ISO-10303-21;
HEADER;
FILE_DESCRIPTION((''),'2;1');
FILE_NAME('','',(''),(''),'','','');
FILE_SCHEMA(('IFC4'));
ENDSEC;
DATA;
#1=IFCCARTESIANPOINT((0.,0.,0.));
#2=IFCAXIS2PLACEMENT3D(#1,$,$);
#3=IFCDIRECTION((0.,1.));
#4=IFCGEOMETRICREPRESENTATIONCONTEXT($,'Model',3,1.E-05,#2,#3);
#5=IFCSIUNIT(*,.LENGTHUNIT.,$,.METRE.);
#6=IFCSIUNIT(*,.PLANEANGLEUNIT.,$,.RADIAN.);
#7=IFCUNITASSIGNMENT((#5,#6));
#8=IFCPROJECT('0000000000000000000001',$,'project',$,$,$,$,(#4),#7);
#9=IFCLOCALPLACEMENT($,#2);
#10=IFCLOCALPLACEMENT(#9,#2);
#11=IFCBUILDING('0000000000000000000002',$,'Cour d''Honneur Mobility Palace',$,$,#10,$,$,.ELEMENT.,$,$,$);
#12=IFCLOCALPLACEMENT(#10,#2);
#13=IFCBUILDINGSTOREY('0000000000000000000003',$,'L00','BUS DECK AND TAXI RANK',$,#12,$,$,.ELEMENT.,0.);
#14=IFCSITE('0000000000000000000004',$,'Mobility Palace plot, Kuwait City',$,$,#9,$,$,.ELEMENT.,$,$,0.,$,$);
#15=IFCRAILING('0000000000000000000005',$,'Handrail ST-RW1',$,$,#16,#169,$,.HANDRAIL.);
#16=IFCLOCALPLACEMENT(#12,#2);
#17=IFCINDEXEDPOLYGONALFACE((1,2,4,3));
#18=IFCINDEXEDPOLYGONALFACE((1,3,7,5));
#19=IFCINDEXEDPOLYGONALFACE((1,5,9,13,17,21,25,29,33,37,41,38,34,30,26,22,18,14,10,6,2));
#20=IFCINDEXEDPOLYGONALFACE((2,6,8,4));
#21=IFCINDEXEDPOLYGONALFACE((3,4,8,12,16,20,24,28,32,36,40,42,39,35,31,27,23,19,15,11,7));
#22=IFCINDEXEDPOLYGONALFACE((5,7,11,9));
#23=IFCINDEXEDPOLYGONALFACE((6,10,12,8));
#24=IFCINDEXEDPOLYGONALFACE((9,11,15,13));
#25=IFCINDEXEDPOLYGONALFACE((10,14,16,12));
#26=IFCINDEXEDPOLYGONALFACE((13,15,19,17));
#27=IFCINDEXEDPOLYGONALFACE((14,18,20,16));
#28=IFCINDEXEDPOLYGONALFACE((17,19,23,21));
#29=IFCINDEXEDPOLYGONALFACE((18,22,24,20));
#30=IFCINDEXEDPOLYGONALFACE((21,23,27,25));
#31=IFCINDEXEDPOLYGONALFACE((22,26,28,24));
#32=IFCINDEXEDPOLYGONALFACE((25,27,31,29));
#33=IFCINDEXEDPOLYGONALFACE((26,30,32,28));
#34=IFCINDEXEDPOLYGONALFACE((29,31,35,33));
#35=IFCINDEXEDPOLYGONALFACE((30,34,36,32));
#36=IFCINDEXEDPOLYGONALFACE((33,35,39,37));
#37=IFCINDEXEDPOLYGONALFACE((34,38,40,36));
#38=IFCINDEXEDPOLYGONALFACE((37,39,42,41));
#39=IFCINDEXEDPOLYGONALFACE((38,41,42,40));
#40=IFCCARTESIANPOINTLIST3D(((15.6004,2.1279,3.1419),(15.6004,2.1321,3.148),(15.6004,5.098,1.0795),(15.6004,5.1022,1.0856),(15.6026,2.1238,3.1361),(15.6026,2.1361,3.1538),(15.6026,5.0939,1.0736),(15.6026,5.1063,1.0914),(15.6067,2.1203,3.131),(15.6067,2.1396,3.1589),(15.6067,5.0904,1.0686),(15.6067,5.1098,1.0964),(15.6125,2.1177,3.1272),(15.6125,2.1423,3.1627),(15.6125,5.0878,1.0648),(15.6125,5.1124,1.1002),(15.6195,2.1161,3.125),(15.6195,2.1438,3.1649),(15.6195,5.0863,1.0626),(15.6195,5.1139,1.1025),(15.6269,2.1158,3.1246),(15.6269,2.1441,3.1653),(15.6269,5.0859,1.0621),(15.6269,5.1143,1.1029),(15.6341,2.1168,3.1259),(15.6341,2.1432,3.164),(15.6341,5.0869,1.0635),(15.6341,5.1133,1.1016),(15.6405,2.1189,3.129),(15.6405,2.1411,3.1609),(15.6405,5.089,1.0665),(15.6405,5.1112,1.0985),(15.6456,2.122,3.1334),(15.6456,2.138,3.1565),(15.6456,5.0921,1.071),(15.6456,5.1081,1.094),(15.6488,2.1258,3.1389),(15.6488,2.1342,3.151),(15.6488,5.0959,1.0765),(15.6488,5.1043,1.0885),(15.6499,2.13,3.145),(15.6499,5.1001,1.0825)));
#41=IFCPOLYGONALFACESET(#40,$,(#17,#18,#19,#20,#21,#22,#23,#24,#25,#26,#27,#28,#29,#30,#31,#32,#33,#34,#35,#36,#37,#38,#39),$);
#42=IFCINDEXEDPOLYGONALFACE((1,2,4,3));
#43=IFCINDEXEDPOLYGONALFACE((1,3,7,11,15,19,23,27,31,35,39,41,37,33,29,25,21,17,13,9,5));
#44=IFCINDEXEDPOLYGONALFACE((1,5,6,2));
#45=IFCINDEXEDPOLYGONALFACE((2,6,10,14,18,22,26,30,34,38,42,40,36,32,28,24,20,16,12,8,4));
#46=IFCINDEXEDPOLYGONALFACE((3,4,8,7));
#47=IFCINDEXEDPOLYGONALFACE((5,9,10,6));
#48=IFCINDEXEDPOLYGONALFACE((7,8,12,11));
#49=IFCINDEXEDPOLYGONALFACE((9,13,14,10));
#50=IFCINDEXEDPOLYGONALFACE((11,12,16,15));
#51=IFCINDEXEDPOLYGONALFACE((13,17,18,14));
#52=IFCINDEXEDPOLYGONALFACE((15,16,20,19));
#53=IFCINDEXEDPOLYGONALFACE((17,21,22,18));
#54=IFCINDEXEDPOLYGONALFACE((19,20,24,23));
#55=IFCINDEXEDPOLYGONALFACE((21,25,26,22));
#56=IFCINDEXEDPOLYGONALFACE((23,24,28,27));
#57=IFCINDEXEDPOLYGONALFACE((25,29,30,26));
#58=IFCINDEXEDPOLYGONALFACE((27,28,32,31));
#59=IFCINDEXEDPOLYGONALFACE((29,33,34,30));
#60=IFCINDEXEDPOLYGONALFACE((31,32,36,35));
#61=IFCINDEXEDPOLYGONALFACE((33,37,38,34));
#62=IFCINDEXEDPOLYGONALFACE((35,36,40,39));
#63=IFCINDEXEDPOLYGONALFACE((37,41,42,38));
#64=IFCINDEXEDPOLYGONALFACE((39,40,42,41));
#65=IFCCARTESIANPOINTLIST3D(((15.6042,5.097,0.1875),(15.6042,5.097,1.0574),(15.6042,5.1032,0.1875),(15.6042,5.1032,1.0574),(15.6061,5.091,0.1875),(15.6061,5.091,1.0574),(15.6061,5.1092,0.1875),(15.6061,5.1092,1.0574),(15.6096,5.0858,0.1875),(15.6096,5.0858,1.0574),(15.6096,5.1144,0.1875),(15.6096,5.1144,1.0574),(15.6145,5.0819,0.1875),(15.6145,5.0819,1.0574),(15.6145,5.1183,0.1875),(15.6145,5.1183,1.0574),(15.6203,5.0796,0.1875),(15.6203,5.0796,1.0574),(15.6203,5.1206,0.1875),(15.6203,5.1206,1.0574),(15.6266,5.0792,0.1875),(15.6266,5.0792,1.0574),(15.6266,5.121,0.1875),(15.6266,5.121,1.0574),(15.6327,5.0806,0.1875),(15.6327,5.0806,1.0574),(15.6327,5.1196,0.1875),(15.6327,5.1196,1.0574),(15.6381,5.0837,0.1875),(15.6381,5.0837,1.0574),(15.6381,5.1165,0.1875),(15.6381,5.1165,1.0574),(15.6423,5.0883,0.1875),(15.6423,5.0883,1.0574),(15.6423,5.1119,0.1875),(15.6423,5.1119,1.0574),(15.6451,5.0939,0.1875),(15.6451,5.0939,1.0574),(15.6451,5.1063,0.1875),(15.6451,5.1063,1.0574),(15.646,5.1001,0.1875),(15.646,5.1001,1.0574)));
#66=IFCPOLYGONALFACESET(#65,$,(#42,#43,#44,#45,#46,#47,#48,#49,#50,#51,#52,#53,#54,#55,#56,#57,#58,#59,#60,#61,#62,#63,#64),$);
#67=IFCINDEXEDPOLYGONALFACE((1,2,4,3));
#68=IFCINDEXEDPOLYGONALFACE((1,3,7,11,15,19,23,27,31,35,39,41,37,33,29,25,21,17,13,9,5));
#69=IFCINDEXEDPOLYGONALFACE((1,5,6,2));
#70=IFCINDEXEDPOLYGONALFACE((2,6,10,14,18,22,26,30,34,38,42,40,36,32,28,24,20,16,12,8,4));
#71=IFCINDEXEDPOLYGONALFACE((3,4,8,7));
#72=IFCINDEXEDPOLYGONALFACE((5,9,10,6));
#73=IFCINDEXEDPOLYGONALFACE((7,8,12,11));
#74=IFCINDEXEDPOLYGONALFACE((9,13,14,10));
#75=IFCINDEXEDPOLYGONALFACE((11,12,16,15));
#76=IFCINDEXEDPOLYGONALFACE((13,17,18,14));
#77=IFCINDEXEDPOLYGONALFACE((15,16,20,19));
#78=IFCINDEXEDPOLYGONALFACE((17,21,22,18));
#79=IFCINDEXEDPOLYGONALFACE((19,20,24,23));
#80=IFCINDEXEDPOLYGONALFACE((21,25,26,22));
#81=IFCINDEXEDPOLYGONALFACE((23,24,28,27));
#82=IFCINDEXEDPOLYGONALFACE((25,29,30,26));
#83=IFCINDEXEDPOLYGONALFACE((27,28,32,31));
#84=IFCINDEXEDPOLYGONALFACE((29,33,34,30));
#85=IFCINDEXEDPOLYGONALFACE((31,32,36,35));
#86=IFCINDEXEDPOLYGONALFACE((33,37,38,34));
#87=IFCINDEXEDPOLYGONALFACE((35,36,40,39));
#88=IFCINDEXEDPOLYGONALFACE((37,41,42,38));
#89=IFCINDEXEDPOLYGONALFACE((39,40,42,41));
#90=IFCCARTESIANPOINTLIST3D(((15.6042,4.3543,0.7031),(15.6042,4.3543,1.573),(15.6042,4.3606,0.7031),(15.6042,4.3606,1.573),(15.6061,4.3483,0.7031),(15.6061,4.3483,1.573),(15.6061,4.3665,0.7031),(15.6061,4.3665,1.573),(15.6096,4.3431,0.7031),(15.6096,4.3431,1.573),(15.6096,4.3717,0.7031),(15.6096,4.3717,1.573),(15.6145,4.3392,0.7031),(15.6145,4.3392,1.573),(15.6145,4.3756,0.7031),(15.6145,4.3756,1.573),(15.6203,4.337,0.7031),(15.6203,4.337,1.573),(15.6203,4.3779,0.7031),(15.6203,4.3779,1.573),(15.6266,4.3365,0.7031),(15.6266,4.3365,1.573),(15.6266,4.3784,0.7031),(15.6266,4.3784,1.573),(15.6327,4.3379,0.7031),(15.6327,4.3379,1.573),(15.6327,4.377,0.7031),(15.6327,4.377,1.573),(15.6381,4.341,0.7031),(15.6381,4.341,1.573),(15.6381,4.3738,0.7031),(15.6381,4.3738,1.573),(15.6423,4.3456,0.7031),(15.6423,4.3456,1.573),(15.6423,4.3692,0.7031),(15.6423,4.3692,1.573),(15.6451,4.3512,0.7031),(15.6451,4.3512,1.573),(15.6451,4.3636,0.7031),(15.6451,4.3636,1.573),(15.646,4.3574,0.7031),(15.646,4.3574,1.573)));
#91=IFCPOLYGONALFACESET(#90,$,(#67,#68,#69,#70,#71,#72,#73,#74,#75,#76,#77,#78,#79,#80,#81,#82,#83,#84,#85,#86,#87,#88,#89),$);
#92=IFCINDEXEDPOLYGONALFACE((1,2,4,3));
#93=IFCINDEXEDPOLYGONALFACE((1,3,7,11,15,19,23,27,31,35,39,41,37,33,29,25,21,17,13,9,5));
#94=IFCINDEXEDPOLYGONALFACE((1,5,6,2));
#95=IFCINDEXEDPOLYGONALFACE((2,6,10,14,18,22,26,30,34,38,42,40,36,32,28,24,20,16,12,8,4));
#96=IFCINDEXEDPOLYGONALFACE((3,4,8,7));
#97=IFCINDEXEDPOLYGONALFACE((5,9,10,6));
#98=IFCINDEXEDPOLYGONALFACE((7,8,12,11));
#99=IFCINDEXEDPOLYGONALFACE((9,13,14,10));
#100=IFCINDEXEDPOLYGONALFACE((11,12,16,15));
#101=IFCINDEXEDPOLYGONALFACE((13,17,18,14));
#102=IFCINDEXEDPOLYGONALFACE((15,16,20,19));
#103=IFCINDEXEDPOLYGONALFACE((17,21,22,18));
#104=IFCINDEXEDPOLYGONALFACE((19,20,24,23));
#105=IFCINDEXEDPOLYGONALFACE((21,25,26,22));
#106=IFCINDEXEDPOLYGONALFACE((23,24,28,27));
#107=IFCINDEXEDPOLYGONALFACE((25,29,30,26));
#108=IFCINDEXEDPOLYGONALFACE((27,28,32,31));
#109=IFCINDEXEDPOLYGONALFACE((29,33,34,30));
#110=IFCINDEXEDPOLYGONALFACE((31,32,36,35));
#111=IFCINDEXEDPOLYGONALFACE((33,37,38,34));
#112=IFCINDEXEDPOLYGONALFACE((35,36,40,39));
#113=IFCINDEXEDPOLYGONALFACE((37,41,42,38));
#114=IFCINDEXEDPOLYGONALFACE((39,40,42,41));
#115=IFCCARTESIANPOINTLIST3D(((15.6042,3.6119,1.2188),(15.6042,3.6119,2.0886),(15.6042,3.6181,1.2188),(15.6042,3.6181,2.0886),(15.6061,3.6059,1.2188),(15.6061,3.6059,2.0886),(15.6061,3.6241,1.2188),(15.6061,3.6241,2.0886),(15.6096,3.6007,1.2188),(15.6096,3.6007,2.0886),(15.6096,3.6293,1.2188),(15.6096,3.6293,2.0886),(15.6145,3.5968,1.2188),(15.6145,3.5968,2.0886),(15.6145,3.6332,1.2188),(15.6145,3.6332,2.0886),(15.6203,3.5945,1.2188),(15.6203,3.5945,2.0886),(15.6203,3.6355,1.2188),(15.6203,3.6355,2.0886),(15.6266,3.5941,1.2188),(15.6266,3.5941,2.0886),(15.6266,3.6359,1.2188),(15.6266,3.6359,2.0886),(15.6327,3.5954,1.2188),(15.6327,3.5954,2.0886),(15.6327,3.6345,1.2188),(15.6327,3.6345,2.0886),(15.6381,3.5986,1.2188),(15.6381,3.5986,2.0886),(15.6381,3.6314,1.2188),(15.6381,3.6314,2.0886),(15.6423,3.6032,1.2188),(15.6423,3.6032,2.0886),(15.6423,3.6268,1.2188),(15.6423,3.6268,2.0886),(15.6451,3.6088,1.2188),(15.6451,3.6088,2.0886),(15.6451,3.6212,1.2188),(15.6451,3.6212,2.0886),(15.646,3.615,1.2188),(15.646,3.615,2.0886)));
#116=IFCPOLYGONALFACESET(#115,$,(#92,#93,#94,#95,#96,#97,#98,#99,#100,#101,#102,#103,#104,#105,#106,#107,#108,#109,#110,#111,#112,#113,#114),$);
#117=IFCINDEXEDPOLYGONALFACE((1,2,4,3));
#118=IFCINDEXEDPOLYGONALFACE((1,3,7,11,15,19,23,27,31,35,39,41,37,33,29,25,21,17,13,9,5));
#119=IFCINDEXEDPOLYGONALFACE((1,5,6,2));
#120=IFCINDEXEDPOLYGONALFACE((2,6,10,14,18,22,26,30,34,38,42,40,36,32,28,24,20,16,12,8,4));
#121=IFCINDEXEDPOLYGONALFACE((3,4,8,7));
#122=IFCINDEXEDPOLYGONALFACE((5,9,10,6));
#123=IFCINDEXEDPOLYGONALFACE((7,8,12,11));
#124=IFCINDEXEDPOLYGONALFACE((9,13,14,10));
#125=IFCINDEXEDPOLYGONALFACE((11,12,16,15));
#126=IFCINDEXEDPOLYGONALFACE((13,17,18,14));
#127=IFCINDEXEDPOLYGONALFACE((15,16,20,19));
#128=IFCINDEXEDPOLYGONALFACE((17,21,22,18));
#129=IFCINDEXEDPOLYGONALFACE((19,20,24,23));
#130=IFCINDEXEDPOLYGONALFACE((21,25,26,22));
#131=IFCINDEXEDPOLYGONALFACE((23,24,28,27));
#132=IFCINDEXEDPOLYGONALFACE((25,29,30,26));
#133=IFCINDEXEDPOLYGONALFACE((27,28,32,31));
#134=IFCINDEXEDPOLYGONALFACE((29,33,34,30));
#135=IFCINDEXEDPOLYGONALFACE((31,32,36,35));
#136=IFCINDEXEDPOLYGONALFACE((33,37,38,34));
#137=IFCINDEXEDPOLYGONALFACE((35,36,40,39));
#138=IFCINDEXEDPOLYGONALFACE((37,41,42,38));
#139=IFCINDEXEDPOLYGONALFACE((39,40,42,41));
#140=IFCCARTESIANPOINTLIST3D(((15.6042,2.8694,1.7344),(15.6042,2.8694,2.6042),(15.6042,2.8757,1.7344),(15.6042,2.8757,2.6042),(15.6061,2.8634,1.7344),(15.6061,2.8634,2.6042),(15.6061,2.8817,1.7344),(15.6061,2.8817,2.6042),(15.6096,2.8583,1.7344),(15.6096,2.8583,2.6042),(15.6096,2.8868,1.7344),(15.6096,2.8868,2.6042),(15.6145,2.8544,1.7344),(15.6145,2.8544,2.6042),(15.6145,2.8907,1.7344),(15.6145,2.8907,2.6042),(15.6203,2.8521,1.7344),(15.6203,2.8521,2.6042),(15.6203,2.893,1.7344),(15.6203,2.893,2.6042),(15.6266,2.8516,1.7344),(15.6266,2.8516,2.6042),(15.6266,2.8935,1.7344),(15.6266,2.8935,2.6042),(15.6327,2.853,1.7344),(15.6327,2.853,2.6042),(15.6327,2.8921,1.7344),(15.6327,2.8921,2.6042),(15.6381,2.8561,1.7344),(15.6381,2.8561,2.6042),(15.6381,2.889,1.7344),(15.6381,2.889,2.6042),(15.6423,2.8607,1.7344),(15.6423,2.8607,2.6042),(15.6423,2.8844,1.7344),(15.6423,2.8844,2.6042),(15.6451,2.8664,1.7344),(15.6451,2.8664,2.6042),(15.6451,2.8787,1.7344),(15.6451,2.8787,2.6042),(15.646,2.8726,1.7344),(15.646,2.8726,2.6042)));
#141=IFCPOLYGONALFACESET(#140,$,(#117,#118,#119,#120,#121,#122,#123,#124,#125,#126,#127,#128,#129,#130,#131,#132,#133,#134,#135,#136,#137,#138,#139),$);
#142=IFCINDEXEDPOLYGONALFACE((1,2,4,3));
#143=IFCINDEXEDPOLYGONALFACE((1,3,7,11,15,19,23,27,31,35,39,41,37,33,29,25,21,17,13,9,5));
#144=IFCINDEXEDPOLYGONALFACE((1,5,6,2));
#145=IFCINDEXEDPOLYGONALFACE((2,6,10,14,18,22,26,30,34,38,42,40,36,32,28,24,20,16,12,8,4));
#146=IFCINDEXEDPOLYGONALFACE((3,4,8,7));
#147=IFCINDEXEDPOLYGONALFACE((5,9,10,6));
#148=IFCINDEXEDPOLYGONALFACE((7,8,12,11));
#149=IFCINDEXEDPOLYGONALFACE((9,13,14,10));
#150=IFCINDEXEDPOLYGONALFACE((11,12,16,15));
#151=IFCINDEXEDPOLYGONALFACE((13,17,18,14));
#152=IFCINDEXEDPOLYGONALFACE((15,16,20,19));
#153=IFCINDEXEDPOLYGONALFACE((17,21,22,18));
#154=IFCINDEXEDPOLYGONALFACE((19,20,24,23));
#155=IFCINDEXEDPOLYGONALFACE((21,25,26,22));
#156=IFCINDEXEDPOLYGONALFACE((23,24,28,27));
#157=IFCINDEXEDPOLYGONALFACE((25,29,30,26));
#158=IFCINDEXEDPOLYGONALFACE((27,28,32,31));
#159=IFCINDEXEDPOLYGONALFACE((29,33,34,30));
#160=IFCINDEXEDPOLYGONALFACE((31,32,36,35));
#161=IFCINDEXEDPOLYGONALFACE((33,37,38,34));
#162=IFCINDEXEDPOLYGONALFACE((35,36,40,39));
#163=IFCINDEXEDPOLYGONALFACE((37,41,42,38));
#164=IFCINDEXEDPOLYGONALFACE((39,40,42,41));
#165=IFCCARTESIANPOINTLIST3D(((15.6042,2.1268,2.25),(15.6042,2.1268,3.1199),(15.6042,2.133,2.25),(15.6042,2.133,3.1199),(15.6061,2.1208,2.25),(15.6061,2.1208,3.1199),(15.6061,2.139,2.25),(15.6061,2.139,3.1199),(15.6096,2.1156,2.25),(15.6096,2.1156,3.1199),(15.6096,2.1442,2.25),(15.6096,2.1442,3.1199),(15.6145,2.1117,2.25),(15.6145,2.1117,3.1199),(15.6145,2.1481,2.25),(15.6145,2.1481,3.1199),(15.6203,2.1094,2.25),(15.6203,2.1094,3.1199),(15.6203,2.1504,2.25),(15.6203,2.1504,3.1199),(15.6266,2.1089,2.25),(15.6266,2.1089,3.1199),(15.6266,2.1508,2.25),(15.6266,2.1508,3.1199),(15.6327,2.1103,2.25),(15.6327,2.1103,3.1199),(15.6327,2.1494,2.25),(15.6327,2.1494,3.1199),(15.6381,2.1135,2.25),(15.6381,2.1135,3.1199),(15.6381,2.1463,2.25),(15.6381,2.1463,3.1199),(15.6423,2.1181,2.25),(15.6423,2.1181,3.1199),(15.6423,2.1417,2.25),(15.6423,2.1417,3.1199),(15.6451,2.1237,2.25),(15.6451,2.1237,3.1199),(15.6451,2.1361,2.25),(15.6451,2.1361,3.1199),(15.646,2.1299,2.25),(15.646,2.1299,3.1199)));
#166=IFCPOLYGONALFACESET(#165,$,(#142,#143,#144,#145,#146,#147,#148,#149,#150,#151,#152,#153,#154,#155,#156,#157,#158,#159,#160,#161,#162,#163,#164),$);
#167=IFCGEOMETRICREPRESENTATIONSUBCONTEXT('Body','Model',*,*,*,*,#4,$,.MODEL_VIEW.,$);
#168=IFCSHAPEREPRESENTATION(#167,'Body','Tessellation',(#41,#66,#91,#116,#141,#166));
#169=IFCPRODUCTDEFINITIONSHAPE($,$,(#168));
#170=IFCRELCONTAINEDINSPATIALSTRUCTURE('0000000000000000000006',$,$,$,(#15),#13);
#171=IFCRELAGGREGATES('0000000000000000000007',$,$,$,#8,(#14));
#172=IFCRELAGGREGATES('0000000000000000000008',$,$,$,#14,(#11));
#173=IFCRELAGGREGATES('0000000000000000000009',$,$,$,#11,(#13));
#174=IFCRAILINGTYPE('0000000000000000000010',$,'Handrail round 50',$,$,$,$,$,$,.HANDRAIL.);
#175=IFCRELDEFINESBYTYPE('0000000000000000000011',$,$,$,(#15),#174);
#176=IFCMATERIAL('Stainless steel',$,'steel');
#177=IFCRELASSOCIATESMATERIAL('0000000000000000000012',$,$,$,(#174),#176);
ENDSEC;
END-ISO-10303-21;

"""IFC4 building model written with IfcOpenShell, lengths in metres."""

from ifc_helpers import new_model, si_unit, direction, frame, origin, origin_2d, place, context, subcontext, project, spatial, circle, extrude, material, type_object, element, save


model = new_model("IFC4")

# Units and contexts
model_context = context("Model", 3, precision=1e-05, world=origin(), true_north=direction((0.0, 1.0)))
body_context = subcontext(model_context, "Body", "Model", "MODEL_VIEW")
ifc_project = project(units=[si_unit("LENGTHUNIT", "METRE"), si_unit("PLANEANGLEUNIT", "RADIAN")], contexts=[model_context])

# Site, building, storey
site_placement = place(None, origin())
site = spatial("IfcSite", under=ifc_project, at=site_placement, Name="Mobility Palace plot, Kuwait City", CompositionType="ELEMENT", RefElevation=0.0)
building_placement = place(site_placement, origin())
building = spatial("IfcBuilding", under=site, at=building_placement, Name="Cour d'Honneur Mobility Palace", CompositionType="ELEMENT")
storey_placement = place(building_placement, origin())
storey = spatial("IfcBuildingStorey", under=building, at=storey_placement, Name="L00", Description="BUS DECK AND TAXI RANK", CompositionType="ELEMENT", Elevation=0.0)

# Railing
ifc_material_1 = material(Name="Stainless steel", Category="steel")
railing_type_1 = type_object("IfcRailingType", Name="Handrail round 50", PredefinedType="HANDRAIL", material=ifc_material_1)
for number, where, name in (
    (1, (15.625, 5.1001, 0.1875), "Handrail ST-RW1"),
):
    element("IfcRailing", number, at=place(storey_placement, frame(where)), inside=storey, type_object=railing_type_1, Name=name, PredefinedType="HANDRAIL", context=body_context, shape_type="SweptSolid", body=[
        extrude(circle(Radius=0.0249, at=origin_2d()), frame((0.0, 0.0, 0.895), z_axis=(0.0, -0.821389, 0.570368), x_axis=(1.0, 0.0, 0.0)), (0.0, 0.0, 1.0), 3.616),
        extrude(circle(Radius=0.021, at=origin_2d()), origin(), (0.0, 0.0, 1.0), 0.8699),
        extrude(circle(Radius=0.021, at=origin_2d()), frame((0.0, -0.7427, 0.5156)), (0.0, 0.0, 1.0), 0.8699),
        extrude(circle(Radius=0.021, at=origin_2d()), frame((0.0, -1.4851, 1.0312)), (0.0, 0.0, 1.0), 0.8699),
        extrude(circle(Radius=0.021, at=origin_2d()), frame((0.0, -2.2275, 1.5469)), (0.0, 0.0, 1.0), 0.8699),
        extrude(circle(Radius=0.021, at=origin_2d()), frame((0.0, -2.9702, 2.0625)), (0.0, 0.0, 1.0), 0.8699),
    ])

save(model, "model.ifc")
